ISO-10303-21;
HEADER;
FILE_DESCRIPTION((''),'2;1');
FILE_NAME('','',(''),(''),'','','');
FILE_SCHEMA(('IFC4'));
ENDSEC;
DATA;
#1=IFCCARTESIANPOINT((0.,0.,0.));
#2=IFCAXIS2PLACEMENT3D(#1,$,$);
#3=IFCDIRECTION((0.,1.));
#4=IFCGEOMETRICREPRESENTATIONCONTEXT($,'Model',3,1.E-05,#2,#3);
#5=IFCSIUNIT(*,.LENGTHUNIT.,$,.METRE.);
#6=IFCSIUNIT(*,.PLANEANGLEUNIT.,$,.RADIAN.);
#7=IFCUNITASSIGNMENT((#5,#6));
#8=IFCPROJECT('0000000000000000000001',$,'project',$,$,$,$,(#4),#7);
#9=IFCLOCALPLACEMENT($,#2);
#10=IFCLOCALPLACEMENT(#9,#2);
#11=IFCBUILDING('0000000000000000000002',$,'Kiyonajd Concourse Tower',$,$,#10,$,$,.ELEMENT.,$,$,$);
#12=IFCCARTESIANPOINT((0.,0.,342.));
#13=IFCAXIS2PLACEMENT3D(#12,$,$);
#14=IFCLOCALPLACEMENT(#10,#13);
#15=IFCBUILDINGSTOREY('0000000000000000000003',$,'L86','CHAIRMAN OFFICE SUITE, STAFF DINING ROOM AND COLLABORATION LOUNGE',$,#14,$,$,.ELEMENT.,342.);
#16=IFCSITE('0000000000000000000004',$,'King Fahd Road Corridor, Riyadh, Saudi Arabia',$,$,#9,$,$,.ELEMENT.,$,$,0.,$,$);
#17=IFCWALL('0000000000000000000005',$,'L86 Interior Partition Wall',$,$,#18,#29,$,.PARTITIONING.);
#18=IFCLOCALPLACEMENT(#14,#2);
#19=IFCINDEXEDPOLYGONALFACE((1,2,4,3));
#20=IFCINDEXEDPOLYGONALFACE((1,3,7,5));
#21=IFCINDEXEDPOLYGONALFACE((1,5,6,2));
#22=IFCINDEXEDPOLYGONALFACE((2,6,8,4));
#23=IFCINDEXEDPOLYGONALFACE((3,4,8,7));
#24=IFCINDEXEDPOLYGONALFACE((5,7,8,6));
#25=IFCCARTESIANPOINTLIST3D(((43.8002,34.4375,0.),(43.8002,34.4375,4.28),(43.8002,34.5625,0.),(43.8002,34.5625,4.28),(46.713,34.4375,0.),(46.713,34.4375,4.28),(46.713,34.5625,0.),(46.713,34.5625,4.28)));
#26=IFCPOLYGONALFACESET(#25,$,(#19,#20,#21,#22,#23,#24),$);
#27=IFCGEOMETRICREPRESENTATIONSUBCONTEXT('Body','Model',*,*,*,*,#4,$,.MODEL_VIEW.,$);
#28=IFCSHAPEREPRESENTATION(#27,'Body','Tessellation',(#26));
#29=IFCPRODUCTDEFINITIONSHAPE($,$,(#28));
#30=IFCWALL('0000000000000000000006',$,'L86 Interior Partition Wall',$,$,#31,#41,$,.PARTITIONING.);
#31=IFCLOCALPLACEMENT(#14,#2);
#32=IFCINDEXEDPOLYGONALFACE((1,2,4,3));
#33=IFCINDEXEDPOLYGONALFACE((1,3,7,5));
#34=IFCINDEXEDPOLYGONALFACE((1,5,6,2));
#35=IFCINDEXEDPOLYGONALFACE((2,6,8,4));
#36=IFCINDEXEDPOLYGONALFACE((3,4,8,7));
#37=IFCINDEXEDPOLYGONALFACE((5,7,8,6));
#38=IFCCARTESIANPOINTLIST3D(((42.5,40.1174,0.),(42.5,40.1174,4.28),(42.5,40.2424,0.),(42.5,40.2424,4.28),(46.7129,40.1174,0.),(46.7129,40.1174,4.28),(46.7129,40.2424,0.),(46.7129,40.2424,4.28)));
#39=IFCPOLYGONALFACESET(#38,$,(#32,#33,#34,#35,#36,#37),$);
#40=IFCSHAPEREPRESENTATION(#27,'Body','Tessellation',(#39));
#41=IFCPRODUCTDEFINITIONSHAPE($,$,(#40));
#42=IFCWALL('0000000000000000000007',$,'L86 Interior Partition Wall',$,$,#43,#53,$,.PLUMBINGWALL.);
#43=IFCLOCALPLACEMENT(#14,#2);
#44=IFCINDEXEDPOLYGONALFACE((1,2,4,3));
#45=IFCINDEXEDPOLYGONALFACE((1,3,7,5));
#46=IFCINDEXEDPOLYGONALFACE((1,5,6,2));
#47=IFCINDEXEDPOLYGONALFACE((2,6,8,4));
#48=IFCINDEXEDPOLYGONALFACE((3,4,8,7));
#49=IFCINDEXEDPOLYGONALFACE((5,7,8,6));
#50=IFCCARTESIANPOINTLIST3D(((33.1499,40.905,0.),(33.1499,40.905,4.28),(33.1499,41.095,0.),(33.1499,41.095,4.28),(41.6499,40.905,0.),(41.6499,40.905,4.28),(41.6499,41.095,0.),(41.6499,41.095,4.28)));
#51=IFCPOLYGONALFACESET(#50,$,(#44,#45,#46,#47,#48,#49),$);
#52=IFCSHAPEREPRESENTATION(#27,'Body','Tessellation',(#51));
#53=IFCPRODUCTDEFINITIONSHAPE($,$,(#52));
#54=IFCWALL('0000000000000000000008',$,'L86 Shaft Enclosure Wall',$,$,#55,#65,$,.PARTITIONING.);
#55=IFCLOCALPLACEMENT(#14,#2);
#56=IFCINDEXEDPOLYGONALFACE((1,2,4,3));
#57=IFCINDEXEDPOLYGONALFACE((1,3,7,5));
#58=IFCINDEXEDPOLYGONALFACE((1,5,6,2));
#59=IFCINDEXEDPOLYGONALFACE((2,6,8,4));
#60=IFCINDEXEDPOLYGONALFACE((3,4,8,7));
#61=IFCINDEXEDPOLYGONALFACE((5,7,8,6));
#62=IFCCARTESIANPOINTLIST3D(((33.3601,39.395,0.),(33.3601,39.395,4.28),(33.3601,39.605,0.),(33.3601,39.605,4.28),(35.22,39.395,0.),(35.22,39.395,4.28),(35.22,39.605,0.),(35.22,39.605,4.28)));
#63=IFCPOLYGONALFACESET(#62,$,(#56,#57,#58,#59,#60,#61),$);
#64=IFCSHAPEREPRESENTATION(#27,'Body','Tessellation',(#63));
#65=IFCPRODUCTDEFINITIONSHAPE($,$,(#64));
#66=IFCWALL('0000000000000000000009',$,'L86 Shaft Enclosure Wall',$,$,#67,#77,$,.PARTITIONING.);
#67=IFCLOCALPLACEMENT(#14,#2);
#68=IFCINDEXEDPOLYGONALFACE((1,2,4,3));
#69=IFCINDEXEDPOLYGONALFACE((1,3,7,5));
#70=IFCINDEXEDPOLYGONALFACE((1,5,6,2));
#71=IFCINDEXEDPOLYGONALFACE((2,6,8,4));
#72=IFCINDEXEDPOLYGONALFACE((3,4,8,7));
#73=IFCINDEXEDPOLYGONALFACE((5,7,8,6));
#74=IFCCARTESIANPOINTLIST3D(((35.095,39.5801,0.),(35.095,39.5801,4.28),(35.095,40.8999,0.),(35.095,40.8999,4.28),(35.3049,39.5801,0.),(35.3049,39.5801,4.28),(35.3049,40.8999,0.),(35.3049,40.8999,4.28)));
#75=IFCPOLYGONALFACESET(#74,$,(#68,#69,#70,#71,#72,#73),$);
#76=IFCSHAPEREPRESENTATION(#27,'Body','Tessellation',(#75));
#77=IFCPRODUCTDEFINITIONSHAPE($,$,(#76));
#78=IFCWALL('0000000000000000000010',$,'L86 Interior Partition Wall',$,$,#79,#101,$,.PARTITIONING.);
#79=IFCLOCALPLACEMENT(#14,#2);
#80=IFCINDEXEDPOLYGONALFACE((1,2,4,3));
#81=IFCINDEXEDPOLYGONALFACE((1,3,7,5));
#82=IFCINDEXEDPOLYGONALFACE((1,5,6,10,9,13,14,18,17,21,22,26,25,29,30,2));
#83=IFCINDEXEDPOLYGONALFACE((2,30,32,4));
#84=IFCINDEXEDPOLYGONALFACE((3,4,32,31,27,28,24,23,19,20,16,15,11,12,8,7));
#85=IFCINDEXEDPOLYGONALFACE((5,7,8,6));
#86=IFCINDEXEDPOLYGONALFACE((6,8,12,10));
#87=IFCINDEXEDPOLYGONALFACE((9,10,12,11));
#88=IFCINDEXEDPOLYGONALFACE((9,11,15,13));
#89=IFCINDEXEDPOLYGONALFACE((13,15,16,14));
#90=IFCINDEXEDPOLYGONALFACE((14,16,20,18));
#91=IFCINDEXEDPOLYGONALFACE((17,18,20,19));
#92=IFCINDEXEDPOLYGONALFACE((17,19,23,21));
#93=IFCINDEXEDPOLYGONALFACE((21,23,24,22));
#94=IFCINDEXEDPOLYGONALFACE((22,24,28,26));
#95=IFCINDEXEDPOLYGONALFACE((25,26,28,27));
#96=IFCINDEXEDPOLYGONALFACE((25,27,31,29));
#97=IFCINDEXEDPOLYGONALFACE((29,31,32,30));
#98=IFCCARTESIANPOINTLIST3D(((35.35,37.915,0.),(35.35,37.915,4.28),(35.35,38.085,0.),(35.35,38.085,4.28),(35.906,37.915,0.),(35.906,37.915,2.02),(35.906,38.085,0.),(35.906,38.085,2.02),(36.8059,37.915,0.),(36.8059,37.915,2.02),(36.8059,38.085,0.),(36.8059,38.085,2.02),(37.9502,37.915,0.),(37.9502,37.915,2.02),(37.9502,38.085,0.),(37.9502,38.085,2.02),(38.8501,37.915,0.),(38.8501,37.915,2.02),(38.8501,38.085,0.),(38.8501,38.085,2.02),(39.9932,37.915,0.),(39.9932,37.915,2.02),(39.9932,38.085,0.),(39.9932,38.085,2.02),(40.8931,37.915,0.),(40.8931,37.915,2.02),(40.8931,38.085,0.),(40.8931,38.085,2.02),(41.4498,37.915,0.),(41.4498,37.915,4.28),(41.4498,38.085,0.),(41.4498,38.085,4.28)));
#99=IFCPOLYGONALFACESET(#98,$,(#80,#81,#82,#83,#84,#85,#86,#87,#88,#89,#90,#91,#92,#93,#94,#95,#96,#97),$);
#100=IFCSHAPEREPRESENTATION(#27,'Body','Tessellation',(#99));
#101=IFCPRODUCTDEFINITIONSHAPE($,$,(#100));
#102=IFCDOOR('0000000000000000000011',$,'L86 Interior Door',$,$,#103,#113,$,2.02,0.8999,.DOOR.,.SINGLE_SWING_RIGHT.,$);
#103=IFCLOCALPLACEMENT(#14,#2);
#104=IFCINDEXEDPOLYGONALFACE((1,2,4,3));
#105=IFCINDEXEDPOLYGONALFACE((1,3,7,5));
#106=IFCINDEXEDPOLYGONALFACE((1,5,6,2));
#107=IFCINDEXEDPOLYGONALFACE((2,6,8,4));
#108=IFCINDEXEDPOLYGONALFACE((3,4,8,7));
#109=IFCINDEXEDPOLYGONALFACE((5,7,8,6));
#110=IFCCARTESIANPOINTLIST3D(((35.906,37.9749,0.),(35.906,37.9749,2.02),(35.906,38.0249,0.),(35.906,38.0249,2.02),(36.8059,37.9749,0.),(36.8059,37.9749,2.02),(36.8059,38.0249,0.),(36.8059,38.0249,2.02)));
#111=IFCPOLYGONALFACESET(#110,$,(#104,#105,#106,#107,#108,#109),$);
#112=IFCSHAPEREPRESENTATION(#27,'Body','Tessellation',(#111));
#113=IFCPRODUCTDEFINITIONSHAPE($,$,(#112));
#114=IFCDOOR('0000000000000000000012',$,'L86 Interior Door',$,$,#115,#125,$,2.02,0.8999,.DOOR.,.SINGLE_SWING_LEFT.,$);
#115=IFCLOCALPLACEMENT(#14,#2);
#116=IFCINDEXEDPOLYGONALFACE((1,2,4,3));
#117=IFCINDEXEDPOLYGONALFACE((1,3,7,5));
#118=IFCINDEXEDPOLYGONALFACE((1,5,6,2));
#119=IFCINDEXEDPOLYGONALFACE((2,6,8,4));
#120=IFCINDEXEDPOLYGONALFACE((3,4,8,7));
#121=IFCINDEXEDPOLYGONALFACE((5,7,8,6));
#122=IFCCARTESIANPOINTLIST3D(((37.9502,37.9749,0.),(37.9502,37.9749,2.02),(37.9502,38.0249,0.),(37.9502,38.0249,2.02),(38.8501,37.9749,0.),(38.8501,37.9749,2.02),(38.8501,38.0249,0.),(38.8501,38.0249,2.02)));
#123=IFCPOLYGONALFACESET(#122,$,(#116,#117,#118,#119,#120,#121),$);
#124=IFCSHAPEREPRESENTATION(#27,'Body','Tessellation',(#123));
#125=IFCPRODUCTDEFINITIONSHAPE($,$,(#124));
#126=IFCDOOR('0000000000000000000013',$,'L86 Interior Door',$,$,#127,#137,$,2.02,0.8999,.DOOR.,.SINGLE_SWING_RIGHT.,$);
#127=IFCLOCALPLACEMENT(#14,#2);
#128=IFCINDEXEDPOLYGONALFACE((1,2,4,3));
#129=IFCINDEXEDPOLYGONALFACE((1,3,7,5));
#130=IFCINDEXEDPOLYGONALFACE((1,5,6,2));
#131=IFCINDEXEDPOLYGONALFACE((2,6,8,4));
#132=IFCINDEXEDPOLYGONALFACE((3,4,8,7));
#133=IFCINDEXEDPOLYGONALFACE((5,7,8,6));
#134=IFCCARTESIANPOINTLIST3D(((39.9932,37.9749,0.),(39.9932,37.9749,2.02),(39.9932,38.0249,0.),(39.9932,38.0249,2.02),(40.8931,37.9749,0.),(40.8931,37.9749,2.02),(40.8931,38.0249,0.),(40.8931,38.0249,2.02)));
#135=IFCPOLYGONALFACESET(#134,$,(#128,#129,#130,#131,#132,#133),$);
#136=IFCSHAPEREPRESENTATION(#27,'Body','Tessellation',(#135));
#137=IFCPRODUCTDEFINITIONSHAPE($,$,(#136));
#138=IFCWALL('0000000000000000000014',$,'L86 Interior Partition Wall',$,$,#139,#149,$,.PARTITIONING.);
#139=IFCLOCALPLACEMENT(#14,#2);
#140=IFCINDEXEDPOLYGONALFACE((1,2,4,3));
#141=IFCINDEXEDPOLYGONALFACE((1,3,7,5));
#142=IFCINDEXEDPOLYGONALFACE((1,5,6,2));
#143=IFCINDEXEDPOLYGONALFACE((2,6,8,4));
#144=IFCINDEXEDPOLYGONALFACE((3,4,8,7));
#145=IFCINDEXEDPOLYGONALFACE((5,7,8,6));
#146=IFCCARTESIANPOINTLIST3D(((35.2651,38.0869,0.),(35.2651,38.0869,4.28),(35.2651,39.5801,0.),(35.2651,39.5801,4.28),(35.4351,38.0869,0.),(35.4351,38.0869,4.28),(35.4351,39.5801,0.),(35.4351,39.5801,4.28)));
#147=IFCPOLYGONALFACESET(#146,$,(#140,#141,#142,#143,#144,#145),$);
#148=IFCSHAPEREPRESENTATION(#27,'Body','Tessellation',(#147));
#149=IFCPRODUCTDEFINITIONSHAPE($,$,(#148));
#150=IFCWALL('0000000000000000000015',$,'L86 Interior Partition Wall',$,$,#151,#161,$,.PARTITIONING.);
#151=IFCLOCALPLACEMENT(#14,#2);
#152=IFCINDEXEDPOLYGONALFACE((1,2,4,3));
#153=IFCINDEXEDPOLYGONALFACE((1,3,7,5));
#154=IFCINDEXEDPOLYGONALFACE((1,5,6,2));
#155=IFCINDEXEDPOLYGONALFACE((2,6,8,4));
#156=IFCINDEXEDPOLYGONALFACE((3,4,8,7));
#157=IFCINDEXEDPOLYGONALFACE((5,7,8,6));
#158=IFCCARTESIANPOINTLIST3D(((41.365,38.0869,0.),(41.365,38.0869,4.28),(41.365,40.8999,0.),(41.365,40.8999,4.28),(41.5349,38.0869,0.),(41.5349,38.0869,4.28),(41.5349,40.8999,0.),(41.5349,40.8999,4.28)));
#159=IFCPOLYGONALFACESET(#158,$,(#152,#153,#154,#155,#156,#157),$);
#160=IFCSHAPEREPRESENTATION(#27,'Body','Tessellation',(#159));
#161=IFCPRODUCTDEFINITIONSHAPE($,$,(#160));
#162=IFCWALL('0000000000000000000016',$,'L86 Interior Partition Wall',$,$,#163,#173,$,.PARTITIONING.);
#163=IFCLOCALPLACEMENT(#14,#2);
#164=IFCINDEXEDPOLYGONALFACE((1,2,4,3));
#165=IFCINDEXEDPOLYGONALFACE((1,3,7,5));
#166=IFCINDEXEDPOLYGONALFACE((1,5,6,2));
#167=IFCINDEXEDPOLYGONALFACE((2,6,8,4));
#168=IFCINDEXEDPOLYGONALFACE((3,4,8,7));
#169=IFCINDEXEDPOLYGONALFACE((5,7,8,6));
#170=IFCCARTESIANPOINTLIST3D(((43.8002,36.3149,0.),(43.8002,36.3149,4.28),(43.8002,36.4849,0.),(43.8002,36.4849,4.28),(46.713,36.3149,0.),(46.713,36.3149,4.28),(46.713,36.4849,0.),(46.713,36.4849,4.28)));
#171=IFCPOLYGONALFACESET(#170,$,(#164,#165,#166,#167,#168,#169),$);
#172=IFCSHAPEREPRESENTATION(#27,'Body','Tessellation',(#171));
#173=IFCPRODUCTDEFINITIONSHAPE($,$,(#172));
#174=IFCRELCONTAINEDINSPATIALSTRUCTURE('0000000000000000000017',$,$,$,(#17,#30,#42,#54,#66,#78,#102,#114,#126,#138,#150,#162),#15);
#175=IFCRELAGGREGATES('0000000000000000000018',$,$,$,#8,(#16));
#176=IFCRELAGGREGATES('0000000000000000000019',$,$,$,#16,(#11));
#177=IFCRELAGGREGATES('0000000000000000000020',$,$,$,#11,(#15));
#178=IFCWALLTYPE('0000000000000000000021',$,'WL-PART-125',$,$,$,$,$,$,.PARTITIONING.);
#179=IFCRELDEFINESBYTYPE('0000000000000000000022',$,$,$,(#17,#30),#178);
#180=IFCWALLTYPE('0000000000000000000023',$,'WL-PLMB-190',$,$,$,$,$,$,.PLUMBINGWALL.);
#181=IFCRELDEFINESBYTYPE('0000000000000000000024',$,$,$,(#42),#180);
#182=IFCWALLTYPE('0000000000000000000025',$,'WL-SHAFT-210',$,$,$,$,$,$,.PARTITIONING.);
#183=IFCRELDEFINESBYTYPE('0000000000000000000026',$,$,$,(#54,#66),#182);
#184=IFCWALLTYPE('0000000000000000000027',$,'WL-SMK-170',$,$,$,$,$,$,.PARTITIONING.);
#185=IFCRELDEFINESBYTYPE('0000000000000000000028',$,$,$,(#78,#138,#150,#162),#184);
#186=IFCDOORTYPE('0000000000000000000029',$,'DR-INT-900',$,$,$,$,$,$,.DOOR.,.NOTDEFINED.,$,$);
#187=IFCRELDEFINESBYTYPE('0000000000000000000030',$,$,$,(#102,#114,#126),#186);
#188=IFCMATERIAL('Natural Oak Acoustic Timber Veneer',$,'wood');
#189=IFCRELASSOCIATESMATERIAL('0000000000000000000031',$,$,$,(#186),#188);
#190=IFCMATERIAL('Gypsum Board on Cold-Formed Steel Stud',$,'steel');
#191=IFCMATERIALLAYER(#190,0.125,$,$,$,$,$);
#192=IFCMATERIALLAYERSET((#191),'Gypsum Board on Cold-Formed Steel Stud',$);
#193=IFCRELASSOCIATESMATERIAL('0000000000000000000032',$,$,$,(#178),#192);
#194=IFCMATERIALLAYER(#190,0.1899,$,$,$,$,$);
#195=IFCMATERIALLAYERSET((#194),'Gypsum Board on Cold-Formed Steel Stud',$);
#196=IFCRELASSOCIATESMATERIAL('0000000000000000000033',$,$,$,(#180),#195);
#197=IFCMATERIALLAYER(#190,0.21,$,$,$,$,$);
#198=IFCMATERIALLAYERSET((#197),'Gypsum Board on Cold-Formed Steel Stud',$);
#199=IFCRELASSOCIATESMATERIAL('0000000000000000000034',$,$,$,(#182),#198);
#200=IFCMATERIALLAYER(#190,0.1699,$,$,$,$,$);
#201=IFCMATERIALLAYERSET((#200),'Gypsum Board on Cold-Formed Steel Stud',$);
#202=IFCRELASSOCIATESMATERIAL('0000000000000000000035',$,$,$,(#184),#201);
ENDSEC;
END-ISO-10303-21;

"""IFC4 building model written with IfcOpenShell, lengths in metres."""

from ifc_helpers import new_model, si_unit, direction, frame, frame_2d, origin, place, context, subcontext, project, spatial, rectangle, extrude, material, layer, layer_set, type_object, element, fill, save


model = new_model("IFC4")

# Units and contexts
model_context = context("Model", 3, precision=1e-05, world=origin(), true_north=direction((0.0, 1.0)))
body_context = subcontext(model_context, "Body", "Model", "MODEL_VIEW")
ifc_project = project(units=[si_unit("LENGTHUNIT", "METRE"), si_unit("PLANEANGLEUNIT", "RADIAN")], contexts=[model_context])

# Site, building, storey
site_placement = place(None, origin())
site = spatial("IfcSite", under=ifc_project, at=site_placement, Name="King Fahd Road Corridor, Riyadh, Saudi Arabia", CompositionType="ELEMENT", RefElevation=0.0)
building_placement = place(site_placement, origin())
building = spatial("IfcBuilding", under=site, at=building_placement, Name="Kiyonajd Concourse Tower", CompositionType="ELEMENT")
storey_placement = place(building_placement, frame((0.0, 0.0, 342.0)))
storey = spatial("IfcBuildingStorey", under=building, at=storey_placement, Name="L86", Description="CHAIRMAN OFFICE SUITE, STAFF DINING ROOM AND COLLABORATION LOUNGE", CompositionType="ELEMENT", Elevation=342.0)

# Shared definitions
ifc_material_1 = material(Name="Natural Oak Acoustic Timber Veneer", Category="wood")
door_type_1 = type_object("IfcDoorType", Name="DR-INT-900", OperationType="NOTDEFINED", PredefinedType="DOOR", material=ifc_material_1)

# Walls
ifc_material_2 = material(Name="Gypsum Board on Cold-Formed Steel Stud", Category="steel")
ifc_layer_1 = layer(ifc_material_2, 0.125)
ifc_layer_set_1 = layer_set([ifc_layer_1], Name="Gypsum Board on Cold-Formed Steel Stud")
wall_type_1 = type_object("IfcWallType", Name="WL-PART-125", PredefinedType="PARTITIONING", material=ifc_layer_set_1)
wall_1_placement = place(storey_placement, frame((43.8, 34.5, 0.0), z_axis=(0.0, 0.0, 1.0), x_axis=(1.0, 0.0, 0.0)))
element("IfcWall", 1, at=wall_1_placement, inside=storey, type_object=wall_type_1, Name="L86 Interior Partition Wall", PredefinedType="PARTITIONING", context=body_context, shape_type="SweptSolid", body=[
    extrude(rectangle(XDim=2.9128, YDim=0.125, at=frame_2d((1.4565, 0.0))), origin(), (0.0, 0.0, 1.0), 4.28),
])
wall_2_placement = place(storey_placement, frame((42.5, 40.1799, 0.0), z_axis=(0.0, 0.0, 1.0), x_axis=(1.0, 0.0, 0.0)))
element("IfcWall", 2, at=wall_2_placement, inside=storey, type_object=wall_type_1, Name="L86 Interior Partition Wall", PredefinedType="PARTITIONING", context=body_context, shape_type="SweptSolid", body=[
    extrude(rectangle(XDim=4.2129, YDim=0.125, at=frame_2d((2.1064, 0.0))), origin(), (0.0, 0.0, 1.0), 4.28),
])
ifc_layer_2 = layer(ifc_material_2, 0.1899)
ifc_layer_set_2 = layer_set([ifc_layer_2], Name="Gypsum Board on Cold-Formed Steel Stud")
wall_type_2 = type_object("IfcWallType", Name="WL-PLMB-190", PredefinedType="PLUMBINGWALL", material=ifc_layer_set_2)
wall_3_placement = place(storey_placement, frame((33.1499, 41.0, 0.0), z_axis=(0.0, 0.0, 1.0), x_axis=(1.0, 0.0, 0.0)))
element("IfcWall", 3, at=wall_3_placement, inside=storey, type_object=wall_type_2, Name="L86 Interior Partition Wall", PredefinedType="PLUMBINGWALL", context=body_context, shape_type="SweptSolid", body=[
    extrude(rectangle(XDim=8.5, YDim=0.1899, at=frame_2d((4.25, 0.0))), origin(), (0.0, 0.0, 1.0), 4.28),
])
ifc_layer_3 = layer(ifc_material_2, 0.21)
ifc_layer_set_3 = layer_set([ifc_layer_3], Name="Gypsum Board on Cold-Formed Steel Stud")
wall_type_3 = type_object("IfcWallType", Name="WL-SHAFT-210", PredefinedType="PARTITIONING", material=ifc_layer_set_3)
wall_4_placement = place(storey_placement, frame((33.3601, 39.5, 0.0), z_axis=(0.0, 0.0, 1.0), x_axis=(1.0, 0.0, 0.0)))
element("IfcWall", 4, at=wall_4_placement, inside=storey, type_object=wall_type_3, Name="L86 Shaft Enclosure Wall", PredefinedType="PARTITIONING", context=body_context, shape_type="SweptSolid", body=[
    extrude(rectangle(XDim=1.8599, YDim=0.21, at=frame_2d((0.9299, 0.0))), origin(), (0.0, 0.0, 1.0), 4.28),
])
wall_5_placement = place(storey_placement, frame((35.2, 39.5801, 0.0), z_axis=(0.0, 0.0, 1.0), x_axis=(0.0, 1.0, 0.0)))
element("IfcWall", 5, at=wall_5_placement, inside=storey, type_object=wall_type_3, Name="L86 Shaft Enclosure Wall", PredefinedType="PARTITIONING", context=body_context, shape_type="SweptSolid", body=[
    extrude(rectangle(XDim=1.3198, YDim=0.21, at=frame_2d((0.6599, 0.0))), origin(), (0.0, 0.0, 1.0), 4.28),
])

# Wall, openings, doors
ifc_layer_4 = layer(ifc_material_2, 0.1699)
ifc_layer_set_4 = layer_set([ifc_layer_4], Name="Gypsum Board on Cold-Formed Steel Stud")
wall_type_4 = type_object("IfcWallType", Name="WL-SMK-170", PredefinedType="PARTITIONING", material=ifc_layer_set_4)
wall_6_placement = place(storey_placement, frame((35.3501, 38.0, 0.0), z_axis=(0.0, 0.0, 1.0), x_axis=(1.0, 0.0, 0.0)))
wall_6 = element("IfcWall", 6, at=wall_6_placement, inside=storey, type_object=wall_type_4, Name="L86 Interior Partition Wall", PredefinedType="PARTITIONING", context=body_context, shape_type="SweptSolid", body=[
    extrude(rectangle(XDim=6.0999, YDim=0.1699, at=frame_2d((3.0498, 0.0))), origin(), (0.0, 0.0, 1.0), 4.28),
])
opening_1_placement = place(wall_6_placement, frame((0.5559, 0.0, 0.0)))
opening_1 = element("IfcOpeningElement", 7, at=opening_1_placement, cuts=wall_6, PredefinedType="OPENING", context=body_context, shape_type="SweptSolid", body=[
    extrude(rectangle(XDim=0.8999, YDim=2.02, at=frame_2d((0.45, 1.01))), frame((0.0, 0.095, 0.0), z_axis=(0.0, -1.0, 0.0), x_axis=(1.0, 0.0, 0.0)), (0.0, 0.0, 1.0), 0.1899),
])
opening_2_placement = place(wall_6_placement, frame((2.6001, 0.0, 0.0)))
opening_2 = element("IfcOpeningElement", 8, at=opening_2_placement, cuts=wall_6, PredefinedType="OPENING", context=body_context, shape_type="SweptSolid", body=[
    extrude(rectangle(XDim=0.8999, YDim=2.02, at=frame_2d((0.45, 1.01))), frame((0.0, 0.095, 0.0), z_axis=(0.0, -1.0, 0.0), x_axis=(1.0, 0.0, 0.0)), (0.0, 0.0, 1.0), 0.1899),
])
opening_3_placement = place(wall_6_placement, frame((4.6431, 0.0, 0.0)))
opening_3 = element("IfcOpeningElement", 9, at=opening_3_placement, cuts=wall_6, PredefinedType="OPENING", context=body_context, shape_type="SweptSolid", body=[
    extrude(rectangle(XDim=0.8999, YDim=2.02, at=frame_2d((0.45, 1.01))), frame((0.0, 0.095, 0.0), z_axis=(0.0, -1.0, 0.0), x_axis=(1.0, 0.0, 0.0)), (0.0, 0.0, 1.0), 0.1899),
])
door_1_placement = place(opening_1_placement, origin())
door_1 = element("IfcDoor", 10, at=door_1_placement, inside=storey, type_object=door_type_1, Name="L86 Interior Door", OperationType="SINGLE_SWING_RIGHT", OverallHeight=2.02, OverallWidth=0.8999, PredefinedType="DOOR", context=body_context, shape_type="SweptSolid", body=[
    extrude(rectangle(XDim=0.8999, YDim=2.02, at=frame_2d((0.45, 1.01))), frame((0.0, 0.0249, 0.0), z_axis=(0.0, -1.0, 0.0), x_axis=(1.0, 0.0, 0.0)), (0.0, 0.0, 1.0), 0.05),
])
fill(opening_1, door_1)
door_2_placement = place(opening_2_placement, origin())
door_2 = element("IfcDoor", 11, at=door_2_placement, inside=storey, type_object=door_type_1, Name="L86 Interior Door", OperationType="SINGLE_SWING_LEFT", OverallHeight=2.02, OverallWidth=0.8999, PredefinedType="DOOR", context=body_context, shape_type="SweptSolid", body=[
    extrude(rectangle(XDim=0.8999, YDim=2.02, at=frame_2d((0.45, 1.01))), frame((0.0, 0.0249, 0.0), z_axis=(0.0, -1.0, 0.0), x_axis=(1.0, 0.0, 0.0)), (0.0, 0.0, 1.0), 0.05),
])
fill(opening_2, door_2)
door_3_placement = place(opening_3_placement, origin())
door_3 = element("IfcDoor", 12, at=door_3_placement, inside=storey, type_object=door_type_1, Name="L86 Interior Door", OperationType="SINGLE_SWING_RIGHT", OverallHeight=2.02, OverallWidth=0.8999, PredefinedType="DOOR", context=body_context, shape_type="SweptSolid", body=[
    extrude(rectangle(XDim=0.8999, YDim=2.02, at=frame_2d((0.45, 1.01))), frame((0.0, 0.0249, 0.0), z_axis=(0.0, -1.0, 0.0), x_axis=(1.0, 0.0, 0.0)), (0.0, 0.0, 1.0), 0.05),
])
fill(opening_3, door_3)

# Walls
wall_7_placement = place(storey_placement, frame((35.3501, 38.0869, 0.0), z_axis=(0.0, 0.0, 1.0), x_axis=(0.0, 1.0, 0.0)))
element("IfcWall", 13, at=wall_7_placement, inside=storey, type_object=wall_type_4, Name="L86 Interior Partition Wall", PredefinedType="PARTITIONING", context=body_context, shape_type="SweptSolid", body=[
    extrude(rectangle(XDim=1.4932, YDim=0.1699, at=frame_2d((0.7466, 0.0))), origin(), (0.0, 0.0, 1.0), 4.28),
])
wall_8_placement = place(storey_placement, frame((41.45, 38.0869, 0.0), z_axis=(0.0, 0.0, 1.0), x_axis=(0.0, 1.0, 0.0)))
element("IfcWall", 14, at=wall_8_placement, inside=storey, type_object=wall_type_4, Name="L86 Interior Partition Wall", PredefinedType="PARTITIONING", context=body_context, shape_type="SweptSolid", body=[
    extrude(rectangle(XDim=2.813, YDim=0.1699, at=frame_2d((1.4065, 0.0))), origin(), (0.0, 0.0, 1.0), 4.28),
])
wall_9_placement = place(storey_placement, frame((43.8, 36.3999, 0.0), z_axis=(0.0, 0.0, 1.0), x_axis=(1.0, 0.0, 0.0)))
element("IfcWall", 15, at=wall_9_placement, inside=storey, type_object=wall_type_4, Name="L86 Interior Partition Wall", PredefinedType="PARTITIONING", context=body_context, shape_type="SweptSolid", body=[
    extrude(rectangle(XDim=2.9128, YDim=0.1699, at=frame_2d((1.4565, 0.0))), origin(), (0.0, 0.0, 1.0), 4.28),
])

save(model, "model.ifc")
